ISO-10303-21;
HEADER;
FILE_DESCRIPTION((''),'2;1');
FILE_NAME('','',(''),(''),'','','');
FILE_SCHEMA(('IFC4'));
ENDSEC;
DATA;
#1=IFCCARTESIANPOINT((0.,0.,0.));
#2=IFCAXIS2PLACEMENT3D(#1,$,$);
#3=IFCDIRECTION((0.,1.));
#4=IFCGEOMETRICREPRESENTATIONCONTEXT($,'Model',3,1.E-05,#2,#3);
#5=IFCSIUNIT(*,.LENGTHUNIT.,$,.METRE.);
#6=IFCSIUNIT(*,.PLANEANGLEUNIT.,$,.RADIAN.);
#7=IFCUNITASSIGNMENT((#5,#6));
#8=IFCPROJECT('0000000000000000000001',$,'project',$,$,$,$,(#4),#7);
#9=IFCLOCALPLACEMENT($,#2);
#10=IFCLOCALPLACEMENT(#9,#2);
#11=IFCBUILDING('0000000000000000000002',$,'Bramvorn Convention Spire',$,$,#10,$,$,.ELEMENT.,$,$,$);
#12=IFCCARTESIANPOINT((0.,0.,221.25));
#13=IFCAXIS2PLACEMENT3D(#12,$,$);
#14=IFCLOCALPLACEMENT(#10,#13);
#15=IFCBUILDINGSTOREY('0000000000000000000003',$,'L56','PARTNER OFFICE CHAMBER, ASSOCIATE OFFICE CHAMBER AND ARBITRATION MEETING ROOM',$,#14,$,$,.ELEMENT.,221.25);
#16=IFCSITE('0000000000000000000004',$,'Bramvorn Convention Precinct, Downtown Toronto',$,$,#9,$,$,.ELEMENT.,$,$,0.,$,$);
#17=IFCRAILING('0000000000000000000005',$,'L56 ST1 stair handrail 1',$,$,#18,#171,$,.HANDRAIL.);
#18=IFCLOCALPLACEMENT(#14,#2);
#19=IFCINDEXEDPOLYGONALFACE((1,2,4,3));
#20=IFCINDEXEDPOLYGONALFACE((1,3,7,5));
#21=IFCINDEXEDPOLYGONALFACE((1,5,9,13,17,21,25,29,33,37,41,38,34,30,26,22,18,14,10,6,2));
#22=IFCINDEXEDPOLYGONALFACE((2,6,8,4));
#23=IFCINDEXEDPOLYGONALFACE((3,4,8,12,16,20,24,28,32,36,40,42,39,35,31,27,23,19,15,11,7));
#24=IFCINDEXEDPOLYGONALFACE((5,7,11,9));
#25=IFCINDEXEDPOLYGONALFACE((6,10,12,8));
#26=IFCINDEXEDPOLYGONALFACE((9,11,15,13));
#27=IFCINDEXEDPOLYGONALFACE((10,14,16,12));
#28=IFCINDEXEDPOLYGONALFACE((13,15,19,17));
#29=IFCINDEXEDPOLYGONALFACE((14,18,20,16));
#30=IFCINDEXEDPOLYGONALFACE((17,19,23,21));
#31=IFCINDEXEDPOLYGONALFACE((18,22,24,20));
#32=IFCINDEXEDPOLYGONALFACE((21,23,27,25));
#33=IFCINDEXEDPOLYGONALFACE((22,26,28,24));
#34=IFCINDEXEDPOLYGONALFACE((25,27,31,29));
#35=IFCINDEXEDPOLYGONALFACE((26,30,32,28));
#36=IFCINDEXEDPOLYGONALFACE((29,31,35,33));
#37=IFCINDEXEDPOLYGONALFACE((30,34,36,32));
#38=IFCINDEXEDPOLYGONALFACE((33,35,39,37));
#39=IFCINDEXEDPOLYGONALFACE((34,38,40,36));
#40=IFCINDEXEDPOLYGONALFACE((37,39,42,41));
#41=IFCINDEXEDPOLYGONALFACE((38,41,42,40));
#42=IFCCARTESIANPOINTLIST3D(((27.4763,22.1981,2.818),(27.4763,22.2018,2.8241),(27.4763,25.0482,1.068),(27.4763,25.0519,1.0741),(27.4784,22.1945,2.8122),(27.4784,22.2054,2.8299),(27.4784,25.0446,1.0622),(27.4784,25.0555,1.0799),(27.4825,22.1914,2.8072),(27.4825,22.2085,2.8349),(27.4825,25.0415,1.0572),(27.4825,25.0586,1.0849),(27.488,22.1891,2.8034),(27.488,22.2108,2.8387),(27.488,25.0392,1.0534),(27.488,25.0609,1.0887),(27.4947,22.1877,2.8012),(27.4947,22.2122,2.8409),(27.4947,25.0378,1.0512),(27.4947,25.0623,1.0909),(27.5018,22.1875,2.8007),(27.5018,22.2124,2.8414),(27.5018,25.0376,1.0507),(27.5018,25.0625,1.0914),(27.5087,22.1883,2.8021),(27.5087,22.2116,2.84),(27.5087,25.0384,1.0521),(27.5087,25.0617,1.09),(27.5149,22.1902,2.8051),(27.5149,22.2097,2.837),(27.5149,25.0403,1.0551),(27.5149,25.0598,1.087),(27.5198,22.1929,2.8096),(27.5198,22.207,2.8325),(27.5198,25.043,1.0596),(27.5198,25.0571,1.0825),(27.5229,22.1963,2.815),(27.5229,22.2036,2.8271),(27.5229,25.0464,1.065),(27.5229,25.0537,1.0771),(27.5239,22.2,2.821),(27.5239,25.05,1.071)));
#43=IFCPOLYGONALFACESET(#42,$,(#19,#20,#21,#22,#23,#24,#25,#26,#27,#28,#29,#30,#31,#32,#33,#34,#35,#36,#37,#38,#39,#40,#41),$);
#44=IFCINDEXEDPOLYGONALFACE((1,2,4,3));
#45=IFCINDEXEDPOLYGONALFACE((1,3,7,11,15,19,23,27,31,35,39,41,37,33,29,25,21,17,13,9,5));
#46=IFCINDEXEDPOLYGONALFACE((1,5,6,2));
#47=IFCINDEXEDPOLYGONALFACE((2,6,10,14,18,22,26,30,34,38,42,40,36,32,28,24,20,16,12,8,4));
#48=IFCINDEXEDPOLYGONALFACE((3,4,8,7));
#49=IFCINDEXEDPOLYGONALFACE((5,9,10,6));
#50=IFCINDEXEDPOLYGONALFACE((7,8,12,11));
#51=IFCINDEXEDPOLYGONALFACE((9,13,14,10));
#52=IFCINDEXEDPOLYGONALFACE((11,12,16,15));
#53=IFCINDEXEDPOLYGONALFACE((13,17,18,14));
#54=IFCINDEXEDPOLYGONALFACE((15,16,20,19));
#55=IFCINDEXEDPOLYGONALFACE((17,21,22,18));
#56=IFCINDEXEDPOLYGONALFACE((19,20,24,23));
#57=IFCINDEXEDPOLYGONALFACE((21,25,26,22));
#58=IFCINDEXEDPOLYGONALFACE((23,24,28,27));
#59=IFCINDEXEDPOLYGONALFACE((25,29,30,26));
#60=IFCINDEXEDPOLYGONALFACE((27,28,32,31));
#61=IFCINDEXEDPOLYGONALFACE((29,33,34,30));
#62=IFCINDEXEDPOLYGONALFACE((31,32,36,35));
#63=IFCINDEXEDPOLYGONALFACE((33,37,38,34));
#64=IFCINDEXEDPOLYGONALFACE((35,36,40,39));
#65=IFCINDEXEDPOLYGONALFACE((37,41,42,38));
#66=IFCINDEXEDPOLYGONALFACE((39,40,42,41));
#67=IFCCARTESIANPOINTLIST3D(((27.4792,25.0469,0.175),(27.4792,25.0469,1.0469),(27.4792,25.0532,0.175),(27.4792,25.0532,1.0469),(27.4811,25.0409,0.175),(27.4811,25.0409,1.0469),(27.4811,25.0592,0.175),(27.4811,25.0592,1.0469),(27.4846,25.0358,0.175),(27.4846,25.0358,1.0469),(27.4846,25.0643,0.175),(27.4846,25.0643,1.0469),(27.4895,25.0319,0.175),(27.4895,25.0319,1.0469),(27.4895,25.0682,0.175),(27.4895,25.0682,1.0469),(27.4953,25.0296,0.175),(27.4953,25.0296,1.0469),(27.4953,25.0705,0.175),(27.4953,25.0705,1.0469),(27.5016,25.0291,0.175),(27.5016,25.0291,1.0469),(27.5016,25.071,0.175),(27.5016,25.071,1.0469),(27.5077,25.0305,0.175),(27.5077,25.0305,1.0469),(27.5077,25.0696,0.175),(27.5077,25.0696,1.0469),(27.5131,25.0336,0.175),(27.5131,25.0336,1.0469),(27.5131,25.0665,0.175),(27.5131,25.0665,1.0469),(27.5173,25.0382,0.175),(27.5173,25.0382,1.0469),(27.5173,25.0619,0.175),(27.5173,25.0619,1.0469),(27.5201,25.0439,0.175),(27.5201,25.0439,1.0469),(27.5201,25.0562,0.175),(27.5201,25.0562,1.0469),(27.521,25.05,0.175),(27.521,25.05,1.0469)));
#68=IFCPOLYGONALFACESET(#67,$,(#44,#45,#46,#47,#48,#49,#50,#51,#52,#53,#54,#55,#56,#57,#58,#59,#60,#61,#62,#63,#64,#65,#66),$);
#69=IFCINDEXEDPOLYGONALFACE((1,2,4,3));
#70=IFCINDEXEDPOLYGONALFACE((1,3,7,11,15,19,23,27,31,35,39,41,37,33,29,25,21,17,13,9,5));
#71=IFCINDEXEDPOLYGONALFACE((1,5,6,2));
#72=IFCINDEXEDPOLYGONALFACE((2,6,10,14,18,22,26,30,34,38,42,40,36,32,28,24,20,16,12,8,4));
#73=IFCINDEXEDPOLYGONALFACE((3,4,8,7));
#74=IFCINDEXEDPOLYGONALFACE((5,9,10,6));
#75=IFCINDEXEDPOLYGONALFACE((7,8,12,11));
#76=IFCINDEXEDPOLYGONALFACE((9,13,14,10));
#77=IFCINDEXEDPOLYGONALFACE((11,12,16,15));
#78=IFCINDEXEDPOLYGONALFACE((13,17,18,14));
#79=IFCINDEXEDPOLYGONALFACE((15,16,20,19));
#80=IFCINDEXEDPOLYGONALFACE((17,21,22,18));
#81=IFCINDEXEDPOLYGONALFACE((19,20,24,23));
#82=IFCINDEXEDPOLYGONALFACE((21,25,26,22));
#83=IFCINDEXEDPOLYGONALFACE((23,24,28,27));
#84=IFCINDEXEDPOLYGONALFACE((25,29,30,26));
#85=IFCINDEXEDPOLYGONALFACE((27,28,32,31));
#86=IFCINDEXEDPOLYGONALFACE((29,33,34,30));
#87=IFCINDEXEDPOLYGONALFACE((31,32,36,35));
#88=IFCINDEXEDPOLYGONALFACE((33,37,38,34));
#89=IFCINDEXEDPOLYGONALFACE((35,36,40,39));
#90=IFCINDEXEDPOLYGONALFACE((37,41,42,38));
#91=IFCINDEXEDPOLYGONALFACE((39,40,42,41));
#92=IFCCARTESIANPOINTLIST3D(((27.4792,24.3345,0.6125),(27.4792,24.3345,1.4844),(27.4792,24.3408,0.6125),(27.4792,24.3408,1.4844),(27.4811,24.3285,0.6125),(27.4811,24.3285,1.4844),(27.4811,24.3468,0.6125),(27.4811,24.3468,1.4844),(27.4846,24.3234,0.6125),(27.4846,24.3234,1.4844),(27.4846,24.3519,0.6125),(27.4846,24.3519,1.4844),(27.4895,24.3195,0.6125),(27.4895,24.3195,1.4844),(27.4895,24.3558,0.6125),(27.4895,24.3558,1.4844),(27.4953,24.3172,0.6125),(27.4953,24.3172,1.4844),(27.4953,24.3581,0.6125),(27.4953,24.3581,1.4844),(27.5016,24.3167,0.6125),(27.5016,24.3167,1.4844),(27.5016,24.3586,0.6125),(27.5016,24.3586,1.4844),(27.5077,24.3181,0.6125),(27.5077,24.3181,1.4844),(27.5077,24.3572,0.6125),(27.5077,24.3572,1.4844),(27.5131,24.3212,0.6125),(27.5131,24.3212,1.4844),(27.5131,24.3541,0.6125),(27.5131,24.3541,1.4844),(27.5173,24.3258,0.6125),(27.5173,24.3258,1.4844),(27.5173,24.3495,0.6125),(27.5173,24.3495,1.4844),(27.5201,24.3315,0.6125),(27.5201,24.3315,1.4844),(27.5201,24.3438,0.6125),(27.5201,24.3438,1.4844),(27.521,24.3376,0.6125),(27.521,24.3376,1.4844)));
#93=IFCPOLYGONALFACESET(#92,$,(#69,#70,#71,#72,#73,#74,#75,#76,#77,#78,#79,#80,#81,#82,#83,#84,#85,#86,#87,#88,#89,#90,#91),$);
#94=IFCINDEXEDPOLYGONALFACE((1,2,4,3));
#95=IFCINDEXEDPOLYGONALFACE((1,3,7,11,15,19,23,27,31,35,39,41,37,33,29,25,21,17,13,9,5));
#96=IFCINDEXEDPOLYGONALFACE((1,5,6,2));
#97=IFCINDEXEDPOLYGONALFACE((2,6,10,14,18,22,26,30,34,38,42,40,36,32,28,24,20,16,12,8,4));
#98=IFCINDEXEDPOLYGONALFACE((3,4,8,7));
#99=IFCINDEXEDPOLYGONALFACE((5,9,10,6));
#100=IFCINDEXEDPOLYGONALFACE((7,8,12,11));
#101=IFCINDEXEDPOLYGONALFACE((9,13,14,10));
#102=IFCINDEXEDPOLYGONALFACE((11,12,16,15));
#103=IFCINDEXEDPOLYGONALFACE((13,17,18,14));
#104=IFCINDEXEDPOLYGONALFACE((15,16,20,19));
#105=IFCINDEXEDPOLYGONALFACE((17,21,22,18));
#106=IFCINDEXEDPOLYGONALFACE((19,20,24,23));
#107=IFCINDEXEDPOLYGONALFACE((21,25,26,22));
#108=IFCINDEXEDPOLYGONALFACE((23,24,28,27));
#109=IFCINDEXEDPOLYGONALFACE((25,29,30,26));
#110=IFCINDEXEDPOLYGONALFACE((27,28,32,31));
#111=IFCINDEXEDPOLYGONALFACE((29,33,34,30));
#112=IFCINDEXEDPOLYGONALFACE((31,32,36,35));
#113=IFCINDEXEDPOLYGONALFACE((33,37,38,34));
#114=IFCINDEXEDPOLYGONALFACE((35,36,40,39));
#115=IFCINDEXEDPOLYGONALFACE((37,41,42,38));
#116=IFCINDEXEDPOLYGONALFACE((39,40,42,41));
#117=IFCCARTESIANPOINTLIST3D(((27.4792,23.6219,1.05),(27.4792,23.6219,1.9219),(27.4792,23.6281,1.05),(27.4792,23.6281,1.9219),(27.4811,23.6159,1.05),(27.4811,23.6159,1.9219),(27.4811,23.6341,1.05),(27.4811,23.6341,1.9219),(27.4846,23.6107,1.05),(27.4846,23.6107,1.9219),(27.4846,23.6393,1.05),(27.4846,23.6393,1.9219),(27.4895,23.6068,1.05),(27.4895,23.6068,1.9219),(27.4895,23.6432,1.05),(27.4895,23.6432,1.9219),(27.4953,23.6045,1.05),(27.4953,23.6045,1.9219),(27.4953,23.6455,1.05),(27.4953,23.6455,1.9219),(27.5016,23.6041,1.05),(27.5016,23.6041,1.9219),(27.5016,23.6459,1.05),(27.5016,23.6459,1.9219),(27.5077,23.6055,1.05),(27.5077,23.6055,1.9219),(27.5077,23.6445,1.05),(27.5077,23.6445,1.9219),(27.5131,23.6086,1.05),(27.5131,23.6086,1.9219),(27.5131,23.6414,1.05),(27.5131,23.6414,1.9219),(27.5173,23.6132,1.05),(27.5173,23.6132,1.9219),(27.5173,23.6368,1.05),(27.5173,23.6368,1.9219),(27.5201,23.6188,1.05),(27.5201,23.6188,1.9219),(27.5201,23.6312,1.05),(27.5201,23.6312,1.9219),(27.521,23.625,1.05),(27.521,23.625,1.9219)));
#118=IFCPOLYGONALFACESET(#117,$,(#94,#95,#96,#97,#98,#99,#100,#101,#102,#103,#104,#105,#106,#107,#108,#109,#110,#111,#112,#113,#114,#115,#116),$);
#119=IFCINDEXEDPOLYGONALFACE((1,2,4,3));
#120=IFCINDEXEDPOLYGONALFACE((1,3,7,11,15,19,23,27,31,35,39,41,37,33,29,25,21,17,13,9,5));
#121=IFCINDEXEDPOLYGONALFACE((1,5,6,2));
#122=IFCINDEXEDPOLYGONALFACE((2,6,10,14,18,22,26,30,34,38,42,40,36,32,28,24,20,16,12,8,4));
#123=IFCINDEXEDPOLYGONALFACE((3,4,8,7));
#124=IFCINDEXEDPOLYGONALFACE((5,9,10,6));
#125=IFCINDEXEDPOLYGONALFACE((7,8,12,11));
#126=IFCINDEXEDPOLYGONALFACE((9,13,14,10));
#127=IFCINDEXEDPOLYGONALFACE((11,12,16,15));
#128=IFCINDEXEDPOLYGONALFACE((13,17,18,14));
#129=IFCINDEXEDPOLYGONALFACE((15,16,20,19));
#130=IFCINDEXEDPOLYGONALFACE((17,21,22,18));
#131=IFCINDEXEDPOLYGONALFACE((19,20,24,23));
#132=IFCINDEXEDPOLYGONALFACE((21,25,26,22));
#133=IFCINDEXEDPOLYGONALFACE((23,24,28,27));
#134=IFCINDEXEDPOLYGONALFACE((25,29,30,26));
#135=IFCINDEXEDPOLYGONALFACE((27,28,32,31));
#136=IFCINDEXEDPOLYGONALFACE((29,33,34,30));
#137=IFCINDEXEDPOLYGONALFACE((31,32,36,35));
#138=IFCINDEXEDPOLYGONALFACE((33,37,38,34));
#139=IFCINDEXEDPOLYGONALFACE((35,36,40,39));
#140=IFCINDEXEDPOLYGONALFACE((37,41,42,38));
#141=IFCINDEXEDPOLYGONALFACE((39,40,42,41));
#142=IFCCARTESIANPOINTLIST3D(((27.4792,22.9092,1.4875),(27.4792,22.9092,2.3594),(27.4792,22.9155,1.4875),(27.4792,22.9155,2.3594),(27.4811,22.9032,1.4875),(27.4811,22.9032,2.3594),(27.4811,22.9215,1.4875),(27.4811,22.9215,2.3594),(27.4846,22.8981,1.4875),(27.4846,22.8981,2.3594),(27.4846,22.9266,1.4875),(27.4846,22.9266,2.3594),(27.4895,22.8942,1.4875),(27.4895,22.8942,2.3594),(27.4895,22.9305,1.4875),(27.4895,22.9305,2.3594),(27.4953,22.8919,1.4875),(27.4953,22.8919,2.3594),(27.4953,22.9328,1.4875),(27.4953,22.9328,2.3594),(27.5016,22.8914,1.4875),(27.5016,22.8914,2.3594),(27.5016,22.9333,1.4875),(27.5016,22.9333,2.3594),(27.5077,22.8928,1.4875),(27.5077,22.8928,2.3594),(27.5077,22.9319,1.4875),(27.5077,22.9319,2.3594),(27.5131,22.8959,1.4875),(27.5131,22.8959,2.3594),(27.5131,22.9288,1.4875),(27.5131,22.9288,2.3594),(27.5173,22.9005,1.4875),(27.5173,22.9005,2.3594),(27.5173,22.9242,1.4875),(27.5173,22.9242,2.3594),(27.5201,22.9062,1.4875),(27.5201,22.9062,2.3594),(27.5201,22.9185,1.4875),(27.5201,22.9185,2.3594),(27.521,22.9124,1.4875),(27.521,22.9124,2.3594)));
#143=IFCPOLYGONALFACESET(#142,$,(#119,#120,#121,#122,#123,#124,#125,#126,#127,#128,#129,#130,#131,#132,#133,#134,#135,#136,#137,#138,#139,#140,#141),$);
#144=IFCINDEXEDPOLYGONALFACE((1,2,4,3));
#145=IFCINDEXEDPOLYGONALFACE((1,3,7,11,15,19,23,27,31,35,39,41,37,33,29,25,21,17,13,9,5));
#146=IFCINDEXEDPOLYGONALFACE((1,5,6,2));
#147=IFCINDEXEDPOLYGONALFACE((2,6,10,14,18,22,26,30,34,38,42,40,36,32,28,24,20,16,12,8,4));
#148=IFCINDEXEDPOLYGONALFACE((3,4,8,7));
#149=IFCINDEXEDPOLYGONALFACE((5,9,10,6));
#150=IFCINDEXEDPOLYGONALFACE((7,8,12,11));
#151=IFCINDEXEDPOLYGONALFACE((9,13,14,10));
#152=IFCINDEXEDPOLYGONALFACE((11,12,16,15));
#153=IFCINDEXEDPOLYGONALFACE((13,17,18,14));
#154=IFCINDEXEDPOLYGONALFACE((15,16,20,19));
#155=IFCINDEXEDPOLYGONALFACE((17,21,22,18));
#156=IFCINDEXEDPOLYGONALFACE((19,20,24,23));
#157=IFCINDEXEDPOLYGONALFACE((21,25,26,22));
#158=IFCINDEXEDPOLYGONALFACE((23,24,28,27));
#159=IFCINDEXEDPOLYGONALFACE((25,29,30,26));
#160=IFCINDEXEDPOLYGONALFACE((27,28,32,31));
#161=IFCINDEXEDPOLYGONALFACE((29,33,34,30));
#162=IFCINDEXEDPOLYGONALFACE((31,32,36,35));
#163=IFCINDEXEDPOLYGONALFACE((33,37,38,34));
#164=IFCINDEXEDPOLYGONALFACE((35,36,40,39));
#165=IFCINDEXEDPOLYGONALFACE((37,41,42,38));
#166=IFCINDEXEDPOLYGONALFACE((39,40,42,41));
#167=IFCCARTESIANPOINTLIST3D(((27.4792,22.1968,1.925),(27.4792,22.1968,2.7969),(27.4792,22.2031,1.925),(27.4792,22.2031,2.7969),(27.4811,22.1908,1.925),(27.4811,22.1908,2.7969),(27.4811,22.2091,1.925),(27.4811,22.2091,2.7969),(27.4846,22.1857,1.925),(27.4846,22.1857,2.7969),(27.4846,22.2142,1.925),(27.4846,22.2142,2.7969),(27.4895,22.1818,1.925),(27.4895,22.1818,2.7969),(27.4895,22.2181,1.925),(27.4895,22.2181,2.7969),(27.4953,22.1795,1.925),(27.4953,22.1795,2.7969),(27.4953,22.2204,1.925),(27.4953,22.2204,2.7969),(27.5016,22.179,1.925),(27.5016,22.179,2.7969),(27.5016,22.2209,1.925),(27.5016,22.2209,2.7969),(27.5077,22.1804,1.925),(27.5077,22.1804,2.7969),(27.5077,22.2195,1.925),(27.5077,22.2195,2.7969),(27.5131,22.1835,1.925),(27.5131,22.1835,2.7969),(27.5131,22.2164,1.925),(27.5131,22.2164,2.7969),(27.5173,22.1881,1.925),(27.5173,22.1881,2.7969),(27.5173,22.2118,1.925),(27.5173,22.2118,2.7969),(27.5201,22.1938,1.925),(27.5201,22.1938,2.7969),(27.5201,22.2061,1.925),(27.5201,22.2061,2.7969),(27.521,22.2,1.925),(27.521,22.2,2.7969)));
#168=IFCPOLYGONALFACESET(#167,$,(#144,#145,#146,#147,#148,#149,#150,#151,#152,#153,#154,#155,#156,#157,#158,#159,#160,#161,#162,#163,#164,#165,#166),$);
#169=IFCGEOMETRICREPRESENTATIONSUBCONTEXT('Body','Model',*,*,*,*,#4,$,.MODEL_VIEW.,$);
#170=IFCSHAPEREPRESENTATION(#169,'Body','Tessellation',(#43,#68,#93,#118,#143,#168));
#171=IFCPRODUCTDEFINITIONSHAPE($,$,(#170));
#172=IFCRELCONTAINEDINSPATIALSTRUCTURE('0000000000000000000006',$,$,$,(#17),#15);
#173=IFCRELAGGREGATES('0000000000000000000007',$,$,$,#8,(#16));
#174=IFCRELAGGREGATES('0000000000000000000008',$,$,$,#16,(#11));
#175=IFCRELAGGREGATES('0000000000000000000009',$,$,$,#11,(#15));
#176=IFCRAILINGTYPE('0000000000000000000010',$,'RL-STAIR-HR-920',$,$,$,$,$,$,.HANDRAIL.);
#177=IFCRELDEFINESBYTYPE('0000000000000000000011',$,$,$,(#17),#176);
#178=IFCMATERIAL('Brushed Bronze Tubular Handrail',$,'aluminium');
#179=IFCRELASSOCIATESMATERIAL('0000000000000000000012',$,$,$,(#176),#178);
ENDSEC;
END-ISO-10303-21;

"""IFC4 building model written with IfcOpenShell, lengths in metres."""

from ifc_helpers import new_model, si_unit, direction, frame, origin, origin_2d, place, context, subcontext, project, spatial, circle, extrude, material, type_object, element, save


model = new_model("IFC4")

# Units and contexts
model_context = context("Model", 3, precision=1e-05, world=origin(), true_north=direction((0.0, 1.0)))
body_context = subcontext(model_context, "Body", "Model", "MODEL_VIEW")
ifc_project = project(units=[si_unit("LENGTHUNIT", "METRE"), si_unit("PLANEANGLEUNIT", "RADIAN")], contexts=[model_context])

# Site, building, storey
site_placement = place(None, origin())
site = spatial("IfcSite", under=ifc_project, at=site_placement, Name="Bramvorn Convention Precinct, Downtown Toronto", CompositionType="ELEMENT", RefElevation=0.0)
building_placement = place(site_placement, origin())
building = spatial("IfcBuilding", under=site, at=building_placement, Name="Bramvorn Convention Spire", CompositionType="ELEMENT")
storey_placement = place(building_placement, frame((0.0, 0.0, 221.25)))
storey = spatial("IfcBuildingStorey", under=building, at=storey_placement, Name="L56", Description="PARTNER OFFICE CHAMBER, ASSOCIATE OFFICE CHAMBER AND ARBITRATION MEETING ROOM", CompositionType="ELEMENT", Elevation=221.25)

# Railing
ifc_material_1 = material(Name="Brushed Bronze Tubular Handrail", Category="aluminium")
railing_type_1 = type_object("IfcRailingType", Name="RL-STAIR-HR-920", PredefinedType="HANDRAIL", material=ifc_material_1)
railing_1_placement = place(storey_placement, frame((27.5, 25.05, 0.175)))
element("IfcRailing", 1, at=railing_1_placement, inside=storey, type_object=railing_type_1, Name="L56 ST1 stair handrail 1", PredefinedType="HANDRAIL", context=body_context, shape_type="SweptSolid", body=[
    extrude(circle(Radius=0.0239, at=origin_2d()), frame((0.0, 0.0, 0.896), z_axis=(0.0, -0.852179, 0.52325), x_axis=(1.0, 0.0, 0.0)), (0.0, 0.0, 1.0), 3.3445),
    extrude(circle(Radius=0.021, at=origin_2d()), origin(), (0.0, 0.0, 1.0), 0.8718),
    extrude(circle(Radius=0.021, at=origin_2d()), frame((0.0, -0.7124, 0.4375)), (0.0, 0.0, 1.0), 0.8718),
    extrude(circle(Radius=0.021, at=origin_2d()), frame((0.0, -1.425, 0.875)), (0.0, 0.0, 1.0), 0.8718),
    extrude(circle(Radius=0.021, at=origin_2d()), frame((0.0, -2.1377, 1.3125)), (0.0, 0.0, 1.0), 0.8718),
    extrude(circle(Radius=0.021, at=origin_2d()), frame((0.0, -2.8501, 1.75)), (0.0, 0.0, 1.0), 0.8718),
])

save(model, "model.ifc")
